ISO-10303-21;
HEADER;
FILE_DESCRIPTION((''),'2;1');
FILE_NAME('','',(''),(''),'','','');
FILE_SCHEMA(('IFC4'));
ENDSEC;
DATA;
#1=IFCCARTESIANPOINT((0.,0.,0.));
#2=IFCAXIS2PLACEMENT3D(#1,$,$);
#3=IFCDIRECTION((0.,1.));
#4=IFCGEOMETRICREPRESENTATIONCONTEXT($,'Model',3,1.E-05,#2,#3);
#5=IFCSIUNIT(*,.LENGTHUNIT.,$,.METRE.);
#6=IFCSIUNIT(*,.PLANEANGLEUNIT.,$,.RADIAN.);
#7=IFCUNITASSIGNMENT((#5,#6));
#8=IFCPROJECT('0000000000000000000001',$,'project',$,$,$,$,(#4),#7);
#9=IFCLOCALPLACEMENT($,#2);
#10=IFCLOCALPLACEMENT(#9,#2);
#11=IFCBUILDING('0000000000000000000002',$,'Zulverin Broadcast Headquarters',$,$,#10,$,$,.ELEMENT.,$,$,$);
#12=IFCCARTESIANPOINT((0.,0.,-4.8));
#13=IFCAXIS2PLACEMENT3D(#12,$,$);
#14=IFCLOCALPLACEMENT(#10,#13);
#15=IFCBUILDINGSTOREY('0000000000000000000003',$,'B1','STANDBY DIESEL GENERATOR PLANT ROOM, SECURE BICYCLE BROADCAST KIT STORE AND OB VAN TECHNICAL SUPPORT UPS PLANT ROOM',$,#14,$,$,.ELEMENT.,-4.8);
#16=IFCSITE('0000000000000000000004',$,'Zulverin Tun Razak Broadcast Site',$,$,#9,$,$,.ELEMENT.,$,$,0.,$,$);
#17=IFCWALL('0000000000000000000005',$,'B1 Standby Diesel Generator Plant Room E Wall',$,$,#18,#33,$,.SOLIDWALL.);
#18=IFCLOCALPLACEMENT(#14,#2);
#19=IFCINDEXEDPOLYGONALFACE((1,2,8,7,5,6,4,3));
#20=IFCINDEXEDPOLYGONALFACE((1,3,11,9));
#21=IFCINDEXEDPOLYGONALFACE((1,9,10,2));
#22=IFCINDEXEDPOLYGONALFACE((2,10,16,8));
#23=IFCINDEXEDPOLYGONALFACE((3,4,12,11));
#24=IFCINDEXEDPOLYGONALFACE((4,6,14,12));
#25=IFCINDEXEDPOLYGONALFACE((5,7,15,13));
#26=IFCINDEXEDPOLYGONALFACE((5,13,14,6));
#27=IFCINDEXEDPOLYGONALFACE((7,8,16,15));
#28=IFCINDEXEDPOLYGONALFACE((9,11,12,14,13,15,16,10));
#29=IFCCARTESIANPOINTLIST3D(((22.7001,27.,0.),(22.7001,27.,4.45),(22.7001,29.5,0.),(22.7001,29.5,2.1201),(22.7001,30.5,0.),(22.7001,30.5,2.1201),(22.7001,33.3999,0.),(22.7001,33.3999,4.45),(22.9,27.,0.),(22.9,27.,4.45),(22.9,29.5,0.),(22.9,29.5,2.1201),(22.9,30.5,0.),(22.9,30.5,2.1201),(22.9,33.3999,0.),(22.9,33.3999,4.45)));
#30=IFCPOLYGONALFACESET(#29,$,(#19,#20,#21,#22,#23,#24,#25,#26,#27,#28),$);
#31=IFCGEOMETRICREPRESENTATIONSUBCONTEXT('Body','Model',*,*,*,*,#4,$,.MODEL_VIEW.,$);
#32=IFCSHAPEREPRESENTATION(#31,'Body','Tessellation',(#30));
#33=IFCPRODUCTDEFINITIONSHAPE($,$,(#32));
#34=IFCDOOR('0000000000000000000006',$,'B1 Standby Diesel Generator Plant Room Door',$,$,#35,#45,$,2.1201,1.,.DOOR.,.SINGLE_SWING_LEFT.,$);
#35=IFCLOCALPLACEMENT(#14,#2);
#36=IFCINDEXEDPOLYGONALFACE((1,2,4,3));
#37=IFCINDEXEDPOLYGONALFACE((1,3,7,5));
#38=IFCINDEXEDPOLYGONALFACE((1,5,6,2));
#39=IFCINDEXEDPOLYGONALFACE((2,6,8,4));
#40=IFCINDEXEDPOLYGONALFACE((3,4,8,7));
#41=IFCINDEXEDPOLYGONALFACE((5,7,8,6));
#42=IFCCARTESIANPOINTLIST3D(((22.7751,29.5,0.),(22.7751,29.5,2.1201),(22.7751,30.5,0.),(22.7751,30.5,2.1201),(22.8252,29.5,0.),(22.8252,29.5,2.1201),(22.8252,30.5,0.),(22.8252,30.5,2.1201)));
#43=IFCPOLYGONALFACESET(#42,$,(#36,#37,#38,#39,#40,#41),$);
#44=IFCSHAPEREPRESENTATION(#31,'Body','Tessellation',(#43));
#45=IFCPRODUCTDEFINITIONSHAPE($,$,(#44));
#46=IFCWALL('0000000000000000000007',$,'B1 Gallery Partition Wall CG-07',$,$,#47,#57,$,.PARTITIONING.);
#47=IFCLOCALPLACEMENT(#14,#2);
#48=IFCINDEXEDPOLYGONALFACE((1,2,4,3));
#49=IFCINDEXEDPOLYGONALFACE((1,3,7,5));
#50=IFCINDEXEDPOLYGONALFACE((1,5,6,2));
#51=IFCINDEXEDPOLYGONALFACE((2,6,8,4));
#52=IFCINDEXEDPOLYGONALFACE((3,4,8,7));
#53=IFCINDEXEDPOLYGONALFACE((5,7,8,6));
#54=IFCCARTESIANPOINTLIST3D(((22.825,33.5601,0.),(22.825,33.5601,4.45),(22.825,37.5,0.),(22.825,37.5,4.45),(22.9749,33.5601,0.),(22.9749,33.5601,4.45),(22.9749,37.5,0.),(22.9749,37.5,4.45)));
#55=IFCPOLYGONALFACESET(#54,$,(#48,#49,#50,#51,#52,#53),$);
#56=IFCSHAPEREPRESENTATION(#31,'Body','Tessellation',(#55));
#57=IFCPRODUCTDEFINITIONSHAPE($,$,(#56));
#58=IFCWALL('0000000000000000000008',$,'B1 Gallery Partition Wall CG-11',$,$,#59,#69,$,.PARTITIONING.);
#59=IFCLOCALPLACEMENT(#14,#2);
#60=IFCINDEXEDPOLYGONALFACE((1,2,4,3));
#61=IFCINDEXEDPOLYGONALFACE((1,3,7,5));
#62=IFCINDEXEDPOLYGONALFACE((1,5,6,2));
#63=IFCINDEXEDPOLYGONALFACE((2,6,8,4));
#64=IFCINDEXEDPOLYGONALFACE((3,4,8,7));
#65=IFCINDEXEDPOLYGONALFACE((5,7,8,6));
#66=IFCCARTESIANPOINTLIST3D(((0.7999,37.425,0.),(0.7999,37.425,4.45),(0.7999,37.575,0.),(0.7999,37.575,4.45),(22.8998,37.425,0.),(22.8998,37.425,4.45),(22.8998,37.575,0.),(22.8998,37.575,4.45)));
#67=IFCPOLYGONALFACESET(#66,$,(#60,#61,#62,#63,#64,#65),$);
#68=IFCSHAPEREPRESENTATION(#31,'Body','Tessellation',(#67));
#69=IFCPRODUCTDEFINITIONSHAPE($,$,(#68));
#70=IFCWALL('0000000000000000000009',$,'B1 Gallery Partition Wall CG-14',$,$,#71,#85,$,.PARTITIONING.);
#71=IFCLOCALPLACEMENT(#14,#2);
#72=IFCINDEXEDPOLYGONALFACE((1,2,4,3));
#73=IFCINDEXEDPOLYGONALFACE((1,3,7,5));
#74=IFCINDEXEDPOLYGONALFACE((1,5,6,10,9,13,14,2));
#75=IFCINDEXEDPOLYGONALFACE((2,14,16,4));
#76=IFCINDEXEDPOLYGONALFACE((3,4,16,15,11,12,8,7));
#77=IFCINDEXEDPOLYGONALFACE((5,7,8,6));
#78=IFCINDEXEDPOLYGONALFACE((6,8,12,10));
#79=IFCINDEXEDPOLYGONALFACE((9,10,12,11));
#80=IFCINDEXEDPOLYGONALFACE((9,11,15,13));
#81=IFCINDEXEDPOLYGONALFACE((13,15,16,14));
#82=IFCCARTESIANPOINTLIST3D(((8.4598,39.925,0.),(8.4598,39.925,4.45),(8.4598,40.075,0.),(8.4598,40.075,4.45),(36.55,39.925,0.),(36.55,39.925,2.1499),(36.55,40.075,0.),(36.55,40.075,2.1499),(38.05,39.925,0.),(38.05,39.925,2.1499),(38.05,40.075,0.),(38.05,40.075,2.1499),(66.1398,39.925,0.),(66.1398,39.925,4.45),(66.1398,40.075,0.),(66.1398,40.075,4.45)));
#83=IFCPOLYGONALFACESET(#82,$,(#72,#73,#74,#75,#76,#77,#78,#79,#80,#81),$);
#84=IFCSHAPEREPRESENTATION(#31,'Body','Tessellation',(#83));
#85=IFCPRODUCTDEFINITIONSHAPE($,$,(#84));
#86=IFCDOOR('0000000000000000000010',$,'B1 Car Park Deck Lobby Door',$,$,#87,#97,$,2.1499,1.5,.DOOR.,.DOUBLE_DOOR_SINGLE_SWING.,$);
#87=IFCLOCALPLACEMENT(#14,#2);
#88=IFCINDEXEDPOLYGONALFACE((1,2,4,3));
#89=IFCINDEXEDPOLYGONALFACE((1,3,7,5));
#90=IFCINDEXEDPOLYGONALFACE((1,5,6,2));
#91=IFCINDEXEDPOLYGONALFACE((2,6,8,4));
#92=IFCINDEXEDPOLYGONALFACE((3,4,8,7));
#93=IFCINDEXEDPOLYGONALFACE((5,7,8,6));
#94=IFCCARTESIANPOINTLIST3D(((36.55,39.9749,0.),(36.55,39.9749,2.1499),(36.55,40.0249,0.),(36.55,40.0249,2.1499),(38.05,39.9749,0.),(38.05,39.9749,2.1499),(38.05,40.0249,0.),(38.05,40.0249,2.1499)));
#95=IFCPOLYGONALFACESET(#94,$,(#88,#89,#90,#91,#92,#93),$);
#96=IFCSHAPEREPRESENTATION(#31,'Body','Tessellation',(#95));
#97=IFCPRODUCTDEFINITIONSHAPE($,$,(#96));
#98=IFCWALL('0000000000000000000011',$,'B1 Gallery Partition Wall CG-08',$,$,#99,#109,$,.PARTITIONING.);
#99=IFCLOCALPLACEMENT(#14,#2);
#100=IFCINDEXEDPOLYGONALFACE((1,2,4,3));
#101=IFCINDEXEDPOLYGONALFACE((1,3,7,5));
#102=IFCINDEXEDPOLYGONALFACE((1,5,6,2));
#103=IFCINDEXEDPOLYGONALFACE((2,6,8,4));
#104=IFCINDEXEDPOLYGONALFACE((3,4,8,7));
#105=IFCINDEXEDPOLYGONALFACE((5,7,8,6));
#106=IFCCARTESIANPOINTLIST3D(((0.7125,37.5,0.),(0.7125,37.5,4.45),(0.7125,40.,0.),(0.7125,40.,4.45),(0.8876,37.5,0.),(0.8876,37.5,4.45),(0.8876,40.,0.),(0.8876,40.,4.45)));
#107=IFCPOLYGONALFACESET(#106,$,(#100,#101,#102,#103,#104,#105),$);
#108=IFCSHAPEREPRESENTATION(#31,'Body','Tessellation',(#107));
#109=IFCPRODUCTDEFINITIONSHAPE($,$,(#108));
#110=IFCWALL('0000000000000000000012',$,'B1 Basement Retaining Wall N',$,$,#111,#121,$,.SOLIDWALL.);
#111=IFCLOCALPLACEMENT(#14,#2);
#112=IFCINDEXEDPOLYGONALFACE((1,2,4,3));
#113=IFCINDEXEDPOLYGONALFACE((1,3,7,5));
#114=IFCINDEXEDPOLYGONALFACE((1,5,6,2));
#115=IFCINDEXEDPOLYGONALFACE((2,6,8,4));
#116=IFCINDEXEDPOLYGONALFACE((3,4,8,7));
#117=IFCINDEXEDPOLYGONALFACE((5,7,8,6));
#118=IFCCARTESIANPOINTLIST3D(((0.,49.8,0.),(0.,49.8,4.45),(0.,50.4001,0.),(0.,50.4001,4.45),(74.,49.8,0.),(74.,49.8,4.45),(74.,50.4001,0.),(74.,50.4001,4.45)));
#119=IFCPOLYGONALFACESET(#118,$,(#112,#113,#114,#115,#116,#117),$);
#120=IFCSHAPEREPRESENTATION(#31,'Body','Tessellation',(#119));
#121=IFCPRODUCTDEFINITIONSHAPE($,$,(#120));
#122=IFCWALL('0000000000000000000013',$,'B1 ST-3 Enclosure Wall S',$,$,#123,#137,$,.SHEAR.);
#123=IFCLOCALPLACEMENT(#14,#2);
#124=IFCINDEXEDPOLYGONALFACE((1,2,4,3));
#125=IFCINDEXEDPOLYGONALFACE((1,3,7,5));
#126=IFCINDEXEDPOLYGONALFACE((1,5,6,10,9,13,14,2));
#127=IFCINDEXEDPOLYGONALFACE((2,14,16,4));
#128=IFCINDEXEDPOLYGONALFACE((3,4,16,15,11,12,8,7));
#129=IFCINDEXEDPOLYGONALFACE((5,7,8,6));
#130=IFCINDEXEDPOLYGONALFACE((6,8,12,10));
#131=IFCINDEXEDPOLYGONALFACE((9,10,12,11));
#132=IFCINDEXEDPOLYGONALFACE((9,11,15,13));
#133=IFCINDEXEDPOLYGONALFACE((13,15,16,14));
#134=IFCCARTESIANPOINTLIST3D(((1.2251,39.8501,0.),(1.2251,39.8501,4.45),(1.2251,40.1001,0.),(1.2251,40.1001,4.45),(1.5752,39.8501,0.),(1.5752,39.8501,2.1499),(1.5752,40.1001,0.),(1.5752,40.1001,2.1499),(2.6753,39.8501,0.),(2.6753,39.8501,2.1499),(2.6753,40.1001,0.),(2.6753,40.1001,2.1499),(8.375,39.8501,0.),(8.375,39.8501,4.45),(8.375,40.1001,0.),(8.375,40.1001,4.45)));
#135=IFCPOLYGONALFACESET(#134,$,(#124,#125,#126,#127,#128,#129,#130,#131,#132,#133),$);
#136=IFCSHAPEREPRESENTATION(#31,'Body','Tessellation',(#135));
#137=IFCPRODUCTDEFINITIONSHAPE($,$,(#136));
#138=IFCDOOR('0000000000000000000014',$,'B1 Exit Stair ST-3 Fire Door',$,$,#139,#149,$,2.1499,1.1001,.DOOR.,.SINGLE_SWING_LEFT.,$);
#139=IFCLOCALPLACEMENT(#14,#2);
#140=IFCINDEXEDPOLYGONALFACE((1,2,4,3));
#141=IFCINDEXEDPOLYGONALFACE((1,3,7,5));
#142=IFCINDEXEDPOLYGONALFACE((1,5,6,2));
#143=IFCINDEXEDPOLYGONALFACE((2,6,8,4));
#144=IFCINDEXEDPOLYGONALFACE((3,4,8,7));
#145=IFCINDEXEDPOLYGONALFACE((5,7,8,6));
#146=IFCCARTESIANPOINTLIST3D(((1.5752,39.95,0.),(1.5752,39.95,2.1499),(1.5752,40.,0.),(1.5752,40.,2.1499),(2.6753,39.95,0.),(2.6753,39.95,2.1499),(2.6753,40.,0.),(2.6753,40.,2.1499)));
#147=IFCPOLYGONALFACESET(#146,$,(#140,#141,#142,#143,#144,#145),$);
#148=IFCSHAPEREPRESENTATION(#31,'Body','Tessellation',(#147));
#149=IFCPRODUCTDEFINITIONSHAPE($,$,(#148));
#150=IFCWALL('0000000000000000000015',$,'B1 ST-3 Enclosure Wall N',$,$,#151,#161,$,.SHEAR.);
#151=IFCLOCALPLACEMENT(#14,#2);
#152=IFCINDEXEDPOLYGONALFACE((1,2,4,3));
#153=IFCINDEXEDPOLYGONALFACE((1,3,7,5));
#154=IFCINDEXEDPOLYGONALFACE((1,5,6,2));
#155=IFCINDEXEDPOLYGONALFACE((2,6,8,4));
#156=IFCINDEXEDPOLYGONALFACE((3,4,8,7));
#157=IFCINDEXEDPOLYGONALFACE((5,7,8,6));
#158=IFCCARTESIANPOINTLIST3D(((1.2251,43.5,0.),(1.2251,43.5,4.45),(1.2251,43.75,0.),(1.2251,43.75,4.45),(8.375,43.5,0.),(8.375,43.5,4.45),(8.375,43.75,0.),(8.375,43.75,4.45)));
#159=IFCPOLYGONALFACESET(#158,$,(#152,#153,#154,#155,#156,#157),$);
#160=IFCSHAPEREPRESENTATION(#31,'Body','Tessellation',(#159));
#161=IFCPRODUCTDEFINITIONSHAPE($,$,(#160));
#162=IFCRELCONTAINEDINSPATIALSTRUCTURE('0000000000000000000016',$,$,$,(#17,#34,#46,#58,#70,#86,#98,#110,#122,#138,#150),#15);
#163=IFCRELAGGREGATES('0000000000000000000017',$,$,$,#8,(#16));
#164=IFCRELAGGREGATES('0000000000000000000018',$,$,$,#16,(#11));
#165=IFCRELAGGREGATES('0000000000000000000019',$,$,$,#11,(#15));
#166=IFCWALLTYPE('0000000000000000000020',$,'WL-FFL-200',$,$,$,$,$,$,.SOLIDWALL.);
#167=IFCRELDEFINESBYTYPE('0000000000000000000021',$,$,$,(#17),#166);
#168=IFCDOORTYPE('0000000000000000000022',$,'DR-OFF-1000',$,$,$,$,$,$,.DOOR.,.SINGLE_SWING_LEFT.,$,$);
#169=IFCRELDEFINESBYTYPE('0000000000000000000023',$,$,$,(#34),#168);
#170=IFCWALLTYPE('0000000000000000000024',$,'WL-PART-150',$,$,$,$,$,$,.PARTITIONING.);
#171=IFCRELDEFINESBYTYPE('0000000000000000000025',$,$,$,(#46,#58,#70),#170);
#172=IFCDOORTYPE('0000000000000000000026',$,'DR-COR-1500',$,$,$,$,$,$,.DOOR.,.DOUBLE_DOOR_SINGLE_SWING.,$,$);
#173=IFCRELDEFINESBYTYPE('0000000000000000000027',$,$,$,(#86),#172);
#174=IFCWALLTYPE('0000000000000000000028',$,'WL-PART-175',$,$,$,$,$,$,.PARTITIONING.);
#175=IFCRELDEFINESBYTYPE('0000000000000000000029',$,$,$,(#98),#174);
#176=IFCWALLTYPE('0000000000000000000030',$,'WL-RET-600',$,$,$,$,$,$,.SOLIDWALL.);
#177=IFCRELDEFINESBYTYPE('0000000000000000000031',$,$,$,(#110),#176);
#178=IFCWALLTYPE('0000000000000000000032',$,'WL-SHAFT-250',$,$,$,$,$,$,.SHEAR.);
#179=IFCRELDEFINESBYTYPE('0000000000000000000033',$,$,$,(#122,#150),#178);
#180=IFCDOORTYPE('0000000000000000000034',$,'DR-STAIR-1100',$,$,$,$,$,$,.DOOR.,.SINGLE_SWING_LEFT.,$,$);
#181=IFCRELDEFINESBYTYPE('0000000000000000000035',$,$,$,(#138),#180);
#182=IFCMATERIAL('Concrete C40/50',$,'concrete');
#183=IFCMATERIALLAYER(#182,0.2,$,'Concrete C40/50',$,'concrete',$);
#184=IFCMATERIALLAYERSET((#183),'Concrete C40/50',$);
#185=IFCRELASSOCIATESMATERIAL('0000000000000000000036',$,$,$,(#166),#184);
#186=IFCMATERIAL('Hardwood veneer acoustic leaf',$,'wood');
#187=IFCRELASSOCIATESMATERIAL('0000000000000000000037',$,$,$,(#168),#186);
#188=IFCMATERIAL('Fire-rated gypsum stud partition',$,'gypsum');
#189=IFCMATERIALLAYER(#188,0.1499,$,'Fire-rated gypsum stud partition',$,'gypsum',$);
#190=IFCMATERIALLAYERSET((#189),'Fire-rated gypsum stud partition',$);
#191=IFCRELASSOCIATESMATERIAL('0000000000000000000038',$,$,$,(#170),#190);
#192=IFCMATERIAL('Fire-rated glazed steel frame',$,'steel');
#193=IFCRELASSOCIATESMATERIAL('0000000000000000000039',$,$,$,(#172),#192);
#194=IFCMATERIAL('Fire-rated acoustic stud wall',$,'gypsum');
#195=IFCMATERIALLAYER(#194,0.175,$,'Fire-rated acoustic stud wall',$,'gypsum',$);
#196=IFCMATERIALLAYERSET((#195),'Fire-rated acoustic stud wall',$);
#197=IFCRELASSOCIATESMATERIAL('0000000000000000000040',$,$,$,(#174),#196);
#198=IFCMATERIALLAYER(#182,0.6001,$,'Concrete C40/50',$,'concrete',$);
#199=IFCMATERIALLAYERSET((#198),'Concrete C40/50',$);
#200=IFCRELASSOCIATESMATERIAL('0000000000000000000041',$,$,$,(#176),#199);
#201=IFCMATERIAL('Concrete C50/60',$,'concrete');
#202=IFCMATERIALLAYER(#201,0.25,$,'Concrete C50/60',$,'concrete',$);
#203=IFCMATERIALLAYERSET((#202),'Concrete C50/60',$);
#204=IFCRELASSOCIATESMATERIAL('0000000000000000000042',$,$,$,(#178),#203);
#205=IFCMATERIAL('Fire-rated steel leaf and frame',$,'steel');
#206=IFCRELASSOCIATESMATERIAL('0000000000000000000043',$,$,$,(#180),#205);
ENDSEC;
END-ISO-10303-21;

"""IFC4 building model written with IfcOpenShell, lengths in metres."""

from ifc_helpers import new_model, si_unit, direction, frame, frame_2d, origin, place, context, subcontext, project, spatial, rectangle, extrude, material, layer, layer_set, type_object, element, fill, save


model = new_model("IFC4")

# Units and contexts
model_context = context("Model", 3, precision=1e-05, world=origin(), true_north=direction((0.0, 1.0)))
body_context = subcontext(model_context, "Body", "Model", "MODEL_VIEW")
ifc_project = project(units=[si_unit("LENGTHUNIT", "METRE"), si_unit("PLANEANGLEUNIT", "RADIAN")], contexts=[model_context])

# Site, building, storey
site_placement = place(None, origin())
site = spatial("IfcSite", under=ifc_project, at=site_placement, Name="Zulverin Tun Razak Broadcast Site", CompositionType="ELEMENT", RefElevation=0.0)
building_placement = place(site_placement, origin())
building = spatial("IfcBuilding", under=site, at=building_placement, Name="Zulverin Broadcast Headquarters", CompositionType="ELEMENT")
storey_placement = place(building_placement, frame((0.0, 0.0, -4.8)))
storey = spatial("IfcBuildingStorey", under=building, at=storey_placement, Name="B1", Description="STANDBY DIESEL GENERATOR PLANT ROOM, SECURE BICYCLE BROADCAST KIT STORE AND OB VAN TECHNICAL SUPPORT UPS PLANT ROOM", CompositionType="ELEMENT", Elevation=-4.8)

# Shared definitions
ifc_material_1 = material(Name="Concrete C40/50", Category="concrete")
ifc_layer_1 = layer(ifc_material_1, 0.2, Name="Concrete C40/50", Category="concrete")
ifc_layer_set_1 = layer_set([ifc_layer_1], Name="Concrete C40/50")
wall_type_1 = type_object("IfcWallType", Name="WL-FFL-200", PredefinedType="SOLIDWALL", material=ifc_layer_set_1)

# Wall, opening, door
wall_1_placement = place(storey_placement, frame((22.8, 27.0, 0.0), z_axis=(0.0, 0.0, 1.0), x_axis=(0.0, 1.0, 0.0)))
wall_1 = element("IfcWall", 1, at=wall_1_placement, inside=storey, type_object=wall_type_1, Name="B1 Standby Diesel Generator Plant Room E Wall", PredefinedType="SOLIDWALL", context=body_context, shape_type="SweptSolid", body=[
    extrude(rectangle(XDim=6.3999, YDim=0.2, at=frame_2d((3.2, 0.0))), origin(), (0.0, 0.0, 1.0), 4.45),
])
opening_1_placement = place(wall_1_placement, frame((2.5, 0.0, 0.0)))
opening_1 = element("IfcOpeningElement", 2, at=opening_1_placement, cuts=wall_1, PredefinedType="OPENING", context=body_context, shape_type="SweptSolid", body=[
    extrude(rectangle(XDim=1.0, YDim=2.1201, at=frame_2d((0.5, 1.0601))), frame((0.0, 0.1099, 0.0), z_axis=(0.0, -1.0, 0.0), x_axis=(1.0, 0.0, 0.0)), (0.0, 0.0, 1.0), 0.22),
])
ifc_material_2 = material(Name="Hardwood veneer acoustic leaf", Category="wood")
door_type_1 = type_object("IfcDoorType", Name="DR-OFF-1000", OperationType="SINGLE_SWING_LEFT", PredefinedType="DOOR", material=ifc_material_2)
door_1_placement = place(opening_1_placement, origin())
door_1 = element("IfcDoor", 3, at=door_1_placement, inside=storey, type_object=door_type_1, Name="B1 Standby Diesel Generator Plant Room Door", OperationType="SINGLE_SWING_LEFT", OverallHeight=2.1201, OverallWidth=1.0, PredefinedType="DOOR", context=body_context, shape_type="SweptSolid", body=[
    extrude(rectangle(XDim=1.0, YDim=2.1201, at=frame_2d((0.5, 1.0601))), frame((0.0, 0.0249, 0.0), z_axis=(0.0, -1.0, 0.0), x_axis=(1.0, 0.0, 0.0)), (0.0, 0.0, 1.0), 0.05),
])
fill(opening_1, door_1)

# Walls
ifc_material_3 = material(Name="Fire-rated gypsum stud partition", Category="gypsum")
ifc_layer_2 = layer(ifc_material_3, 0.1499, Name="Fire-rated gypsum stud partition", Category="gypsum")
ifc_layer_set_2 = layer_set([ifc_layer_2], Name="Fire-rated gypsum stud partition")
wall_type_2 = type_object("IfcWallType", Name="WL-PART-150", PredefinedType="PARTITIONING", material=ifc_layer_set_2)
wall_2_placement = place(storey_placement, frame((22.8999, 33.5601, 0.0), z_axis=(0.0, 0.0, 1.0), x_axis=(0.0, 1.0, 0.0)))
element("IfcWall", 4, at=wall_2_placement, inside=storey, type_object=wall_type_2, Name="B1 Gallery Partition Wall CG-07", PredefinedType="PARTITIONING", context=body_context, shape_type="SweptSolid", body=[
    extrude(rectangle(XDim=3.9399, YDim=0.1499, at=frame_2d((1.97, 0.0))), origin(), (0.0, 0.0, 1.0), 4.45),
])
wall_3_placement = place(storey_placement, frame((0.8, 37.5, 0.0), z_axis=(0.0, 0.0, 1.0), x_axis=(1.0, 0.0, 0.0)))
element("IfcWall", 5, at=wall_3_placement, inside=storey, type_object=wall_type_2, Name="B1 Gallery Partition Wall CG-11", PredefinedType="PARTITIONING", context=body_context, shape_type="SweptSolid", body=[
    extrude(rectangle(XDim=22.0999, YDim=0.1499, at=frame_2d((11.0498, 0.0))), origin(), (0.0, 0.0, 1.0), 4.45),
])

# Wall, opening, door
wall_4_placement = place(storey_placement, frame((8.46, 40.0, 0.0), z_axis=(0.0, 0.0, 1.0), x_axis=(1.0, 0.0, 0.0)))
wall_4 = element("IfcWall", 6, at=wall_4_placement, inside=storey, type_object=wall_type_2, Name="B1 Gallery Partition Wall CG-14", PredefinedType="PARTITIONING", context=body_context, shape_type="SweptSolid", body=[
    extrude(rectangle(XDim=57.6799, YDim=0.1499, at=frame_2d((28.8398, 0.0))), origin(), (0.0, 0.0, 1.0), 4.45),
])
opening_2_placement = place(wall_4_placement, frame((28.0901, 0.0, 0.0)))
opening_2 = element("IfcOpeningElement", 7, at=opening_2_placement, cuts=wall_4, PredefinedType="OPENING", context=body_context, shape_type="SweptSolid", body=[
    extrude(rectangle(XDim=1.5, YDim=2.1499, at=frame_2d((0.75, 1.075))), frame((0.0, 0.085, 0.0), z_axis=(0.0, -1.0, 0.0), x_axis=(1.0, 0.0, 0.0)), (0.0, 0.0, 1.0), 0.1699),
])
ifc_material_4 = material(Name="Fire-rated glazed steel frame", Category="steel")
door_type_2 = type_object("IfcDoorType", Name="DR-COR-1500", OperationType="DOUBLE_DOOR_SINGLE_SWING", PredefinedType="DOOR", material=ifc_material_4)
door_2_placement = place(opening_2_placement, origin())
door_2 = element("IfcDoor", 8, at=door_2_placement, inside=storey, type_object=door_type_2, Name="B1 Car Park Deck Lobby Door", OperationType="DOUBLE_DOOR_SINGLE_SWING", OverallHeight=2.1499, OverallWidth=1.5, PredefinedType="DOOR", context=body_context, shape_type="SweptSolid", body=[
    extrude(rectangle(XDim=1.5, YDim=2.1499, at=frame_2d((0.75, 1.075))), frame((0.0, 0.0249, 0.0), z_axis=(0.0, -1.0, 0.0), x_axis=(1.0, 0.0, 0.0)), (0.0, 0.0, 1.0), 0.05),
])
fill(opening_2, door_2)

# Walls
ifc_material_5 = material(Name="Fire-rated acoustic stud wall", Category="gypsum")
ifc_layer_3 = layer(ifc_material_5, 0.175, Name="Fire-rated acoustic stud wall", Category="gypsum")
ifc_layer_set_3 = layer_set([ifc_layer_3], Name="Fire-rated acoustic stud wall")
wall_type_3 = type_object("IfcWallType", Name="WL-PART-175", PredefinedType="PARTITIONING", material=ifc_layer_set_3)
wall_5_placement = place(storey_placement, frame((0.8, 37.5, 0.0), z_axis=(0.0, 0.0, 1.0), x_axis=(0.0, 1.0, 0.0)))
element("IfcWall", 9, at=wall_5_placement, inside=storey, type_object=wall_type_3, Name="B1 Gallery Partition Wall CG-08", PredefinedType="PARTITIONING", context=body_context, shape_type="SweptSolid", body=[
    extrude(rectangle(XDim=2.5, YDim=0.175, at=frame_2d((1.25, 0.0))), origin(), (0.0, 0.0, 1.0), 4.45),
])
ifc_layer_4 = layer(ifc_material_1, 0.6001, Name="Concrete C40/50", Category="concrete")
ifc_layer_set_4 = layer_set([ifc_layer_4], Name="Concrete C40/50")
wall_type_4 = type_object("IfcWallType", Name="WL-RET-600", PredefinedType="SOLIDWALL", material=ifc_layer_set_4)
wall_6_placement = place(storey_placement, frame((0.0, 50.1001, 0.0), z_axis=(0.0, 0.0, 1.0), x_axis=(1.0, 0.0, 0.0)))
element("IfcWall", 10, at=wall_6_placement, inside=storey, type_object=wall_type_4, Name="B1 Basement Retaining Wall N", PredefinedType="SOLIDWALL", context=body_context, shape_type="SweptSolid", body=[
    extrude(rectangle(XDim=74.0, YDim=0.6001, at=frame_2d((37.0, 0.0))), origin(), (0.0, 0.0, 1.0), 4.45),
])

# Wall, opening, door
ifc_material_6 = material(Name="Concrete C50/60", Category="concrete")
ifc_layer_5 = layer(ifc_material_6, 0.25, Name="Concrete C50/60", Category="concrete")
ifc_layer_set_5 = layer_set([ifc_layer_5], Name="Concrete C50/60")
wall_type_5 = type_object("IfcWallType", Name="WL-SHAFT-250", PredefinedType="SHEAR", material=ifc_layer_set_5)
wall_7_placement = place(storey_placement, frame((1.2251, 39.9751, 0.0), z_axis=(0.0, 0.0, 1.0), x_axis=(1.0, 0.0, 0.0)))
wall_7 = element("IfcWall", 11, at=wall_7_placement, inside=storey, type_object=wall_type_5, Name="B1 ST-3 Enclosure Wall S", PredefinedType="SHEAR", context=body_context, shape_type="SweptSolid", body=[
    extrude(rectangle(XDim=7.1499, YDim=0.25, at=frame_2d((3.575, 0.0))), origin(), (0.0, 0.0, 1.0), 4.45),
])
opening_3_placement = place(wall_7_placement, frame((0.3501, 0.0, 0.0)))
opening_3 = element("IfcOpeningElement", 12, at=opening_3_placement, cuts=wall_7, PredefinedType="OPENING", context=body_context, shape_type="SweptSolid", body=[
    extrude(rectangle(XDim=1.1001, YDim=2.1499, at=frame_2d((0.55, 1.075))), frame((0.0, 0.135, 0.0), z_axis=(0.0, -1.0, 0.0), x_axis=(1.0, 0.0, 0.0)), (0.0, 0.0, 1.0), 0.27),
])
ifc_material_7 = material(Name="Fire-rated steel leaf and frame", Category="steel")
door_type_3 = type_object("IfcDoorType", Name="DR-STAIR-1100", OperationType="SINGLE_SWING_LEFT", PredefinedType="DOOR", material=ifc_material_7)
door_3_placement = place(opening_3_placement, origin())
door_3 = element("IfcDoor", 13, at=door_3_placement, inside=storey, type_object=door_type_3, Name="B1 Exit Stair ST-3 Fire Door", OperationType="SINGLE_SWING_LEFT", OverallHeight=2.1499, OverallWidth=1.1001, PredefinedType="DOOR", context=body_context, shape_type="SweptSolid", body=[
    extrude(rectangle(XDim=1.1001, YDim=2.1499, at=frame_2d((0.55, 1.075))), frame((0.0, 0.0249, 0.0), z_axis=(0.0, -1.0, 0.0), x_axis=(1.0, 0.0, 0.0)), (0.0, 0.0, 1.0), 0.05),
])
fill(opening_3, door_3)

# Wall
wall_8_placement = place(storey_placement, frame((1.2251, 43.625, 0.0), z_axis=(0.0, 0.0, 1.0), x_axis=(1.0, 0.0, 0.0)))
element("IfcWall", 14, at=wall_8_placement, inside=storey, type_object=wall_type_5, Name="B1 ST-3 Enclosure Wall N", PredefinedType="SHEAR", context=body_context, shape_type="SweptSolid", body=[
    extrude(rectangle(XDim=7.1499, YDim=0.25, at=frame_2d((3.575, 0.0))), origin(), (0.0, 0.0, 1.0), 4.45),
])

save(model, "model.ifc")
